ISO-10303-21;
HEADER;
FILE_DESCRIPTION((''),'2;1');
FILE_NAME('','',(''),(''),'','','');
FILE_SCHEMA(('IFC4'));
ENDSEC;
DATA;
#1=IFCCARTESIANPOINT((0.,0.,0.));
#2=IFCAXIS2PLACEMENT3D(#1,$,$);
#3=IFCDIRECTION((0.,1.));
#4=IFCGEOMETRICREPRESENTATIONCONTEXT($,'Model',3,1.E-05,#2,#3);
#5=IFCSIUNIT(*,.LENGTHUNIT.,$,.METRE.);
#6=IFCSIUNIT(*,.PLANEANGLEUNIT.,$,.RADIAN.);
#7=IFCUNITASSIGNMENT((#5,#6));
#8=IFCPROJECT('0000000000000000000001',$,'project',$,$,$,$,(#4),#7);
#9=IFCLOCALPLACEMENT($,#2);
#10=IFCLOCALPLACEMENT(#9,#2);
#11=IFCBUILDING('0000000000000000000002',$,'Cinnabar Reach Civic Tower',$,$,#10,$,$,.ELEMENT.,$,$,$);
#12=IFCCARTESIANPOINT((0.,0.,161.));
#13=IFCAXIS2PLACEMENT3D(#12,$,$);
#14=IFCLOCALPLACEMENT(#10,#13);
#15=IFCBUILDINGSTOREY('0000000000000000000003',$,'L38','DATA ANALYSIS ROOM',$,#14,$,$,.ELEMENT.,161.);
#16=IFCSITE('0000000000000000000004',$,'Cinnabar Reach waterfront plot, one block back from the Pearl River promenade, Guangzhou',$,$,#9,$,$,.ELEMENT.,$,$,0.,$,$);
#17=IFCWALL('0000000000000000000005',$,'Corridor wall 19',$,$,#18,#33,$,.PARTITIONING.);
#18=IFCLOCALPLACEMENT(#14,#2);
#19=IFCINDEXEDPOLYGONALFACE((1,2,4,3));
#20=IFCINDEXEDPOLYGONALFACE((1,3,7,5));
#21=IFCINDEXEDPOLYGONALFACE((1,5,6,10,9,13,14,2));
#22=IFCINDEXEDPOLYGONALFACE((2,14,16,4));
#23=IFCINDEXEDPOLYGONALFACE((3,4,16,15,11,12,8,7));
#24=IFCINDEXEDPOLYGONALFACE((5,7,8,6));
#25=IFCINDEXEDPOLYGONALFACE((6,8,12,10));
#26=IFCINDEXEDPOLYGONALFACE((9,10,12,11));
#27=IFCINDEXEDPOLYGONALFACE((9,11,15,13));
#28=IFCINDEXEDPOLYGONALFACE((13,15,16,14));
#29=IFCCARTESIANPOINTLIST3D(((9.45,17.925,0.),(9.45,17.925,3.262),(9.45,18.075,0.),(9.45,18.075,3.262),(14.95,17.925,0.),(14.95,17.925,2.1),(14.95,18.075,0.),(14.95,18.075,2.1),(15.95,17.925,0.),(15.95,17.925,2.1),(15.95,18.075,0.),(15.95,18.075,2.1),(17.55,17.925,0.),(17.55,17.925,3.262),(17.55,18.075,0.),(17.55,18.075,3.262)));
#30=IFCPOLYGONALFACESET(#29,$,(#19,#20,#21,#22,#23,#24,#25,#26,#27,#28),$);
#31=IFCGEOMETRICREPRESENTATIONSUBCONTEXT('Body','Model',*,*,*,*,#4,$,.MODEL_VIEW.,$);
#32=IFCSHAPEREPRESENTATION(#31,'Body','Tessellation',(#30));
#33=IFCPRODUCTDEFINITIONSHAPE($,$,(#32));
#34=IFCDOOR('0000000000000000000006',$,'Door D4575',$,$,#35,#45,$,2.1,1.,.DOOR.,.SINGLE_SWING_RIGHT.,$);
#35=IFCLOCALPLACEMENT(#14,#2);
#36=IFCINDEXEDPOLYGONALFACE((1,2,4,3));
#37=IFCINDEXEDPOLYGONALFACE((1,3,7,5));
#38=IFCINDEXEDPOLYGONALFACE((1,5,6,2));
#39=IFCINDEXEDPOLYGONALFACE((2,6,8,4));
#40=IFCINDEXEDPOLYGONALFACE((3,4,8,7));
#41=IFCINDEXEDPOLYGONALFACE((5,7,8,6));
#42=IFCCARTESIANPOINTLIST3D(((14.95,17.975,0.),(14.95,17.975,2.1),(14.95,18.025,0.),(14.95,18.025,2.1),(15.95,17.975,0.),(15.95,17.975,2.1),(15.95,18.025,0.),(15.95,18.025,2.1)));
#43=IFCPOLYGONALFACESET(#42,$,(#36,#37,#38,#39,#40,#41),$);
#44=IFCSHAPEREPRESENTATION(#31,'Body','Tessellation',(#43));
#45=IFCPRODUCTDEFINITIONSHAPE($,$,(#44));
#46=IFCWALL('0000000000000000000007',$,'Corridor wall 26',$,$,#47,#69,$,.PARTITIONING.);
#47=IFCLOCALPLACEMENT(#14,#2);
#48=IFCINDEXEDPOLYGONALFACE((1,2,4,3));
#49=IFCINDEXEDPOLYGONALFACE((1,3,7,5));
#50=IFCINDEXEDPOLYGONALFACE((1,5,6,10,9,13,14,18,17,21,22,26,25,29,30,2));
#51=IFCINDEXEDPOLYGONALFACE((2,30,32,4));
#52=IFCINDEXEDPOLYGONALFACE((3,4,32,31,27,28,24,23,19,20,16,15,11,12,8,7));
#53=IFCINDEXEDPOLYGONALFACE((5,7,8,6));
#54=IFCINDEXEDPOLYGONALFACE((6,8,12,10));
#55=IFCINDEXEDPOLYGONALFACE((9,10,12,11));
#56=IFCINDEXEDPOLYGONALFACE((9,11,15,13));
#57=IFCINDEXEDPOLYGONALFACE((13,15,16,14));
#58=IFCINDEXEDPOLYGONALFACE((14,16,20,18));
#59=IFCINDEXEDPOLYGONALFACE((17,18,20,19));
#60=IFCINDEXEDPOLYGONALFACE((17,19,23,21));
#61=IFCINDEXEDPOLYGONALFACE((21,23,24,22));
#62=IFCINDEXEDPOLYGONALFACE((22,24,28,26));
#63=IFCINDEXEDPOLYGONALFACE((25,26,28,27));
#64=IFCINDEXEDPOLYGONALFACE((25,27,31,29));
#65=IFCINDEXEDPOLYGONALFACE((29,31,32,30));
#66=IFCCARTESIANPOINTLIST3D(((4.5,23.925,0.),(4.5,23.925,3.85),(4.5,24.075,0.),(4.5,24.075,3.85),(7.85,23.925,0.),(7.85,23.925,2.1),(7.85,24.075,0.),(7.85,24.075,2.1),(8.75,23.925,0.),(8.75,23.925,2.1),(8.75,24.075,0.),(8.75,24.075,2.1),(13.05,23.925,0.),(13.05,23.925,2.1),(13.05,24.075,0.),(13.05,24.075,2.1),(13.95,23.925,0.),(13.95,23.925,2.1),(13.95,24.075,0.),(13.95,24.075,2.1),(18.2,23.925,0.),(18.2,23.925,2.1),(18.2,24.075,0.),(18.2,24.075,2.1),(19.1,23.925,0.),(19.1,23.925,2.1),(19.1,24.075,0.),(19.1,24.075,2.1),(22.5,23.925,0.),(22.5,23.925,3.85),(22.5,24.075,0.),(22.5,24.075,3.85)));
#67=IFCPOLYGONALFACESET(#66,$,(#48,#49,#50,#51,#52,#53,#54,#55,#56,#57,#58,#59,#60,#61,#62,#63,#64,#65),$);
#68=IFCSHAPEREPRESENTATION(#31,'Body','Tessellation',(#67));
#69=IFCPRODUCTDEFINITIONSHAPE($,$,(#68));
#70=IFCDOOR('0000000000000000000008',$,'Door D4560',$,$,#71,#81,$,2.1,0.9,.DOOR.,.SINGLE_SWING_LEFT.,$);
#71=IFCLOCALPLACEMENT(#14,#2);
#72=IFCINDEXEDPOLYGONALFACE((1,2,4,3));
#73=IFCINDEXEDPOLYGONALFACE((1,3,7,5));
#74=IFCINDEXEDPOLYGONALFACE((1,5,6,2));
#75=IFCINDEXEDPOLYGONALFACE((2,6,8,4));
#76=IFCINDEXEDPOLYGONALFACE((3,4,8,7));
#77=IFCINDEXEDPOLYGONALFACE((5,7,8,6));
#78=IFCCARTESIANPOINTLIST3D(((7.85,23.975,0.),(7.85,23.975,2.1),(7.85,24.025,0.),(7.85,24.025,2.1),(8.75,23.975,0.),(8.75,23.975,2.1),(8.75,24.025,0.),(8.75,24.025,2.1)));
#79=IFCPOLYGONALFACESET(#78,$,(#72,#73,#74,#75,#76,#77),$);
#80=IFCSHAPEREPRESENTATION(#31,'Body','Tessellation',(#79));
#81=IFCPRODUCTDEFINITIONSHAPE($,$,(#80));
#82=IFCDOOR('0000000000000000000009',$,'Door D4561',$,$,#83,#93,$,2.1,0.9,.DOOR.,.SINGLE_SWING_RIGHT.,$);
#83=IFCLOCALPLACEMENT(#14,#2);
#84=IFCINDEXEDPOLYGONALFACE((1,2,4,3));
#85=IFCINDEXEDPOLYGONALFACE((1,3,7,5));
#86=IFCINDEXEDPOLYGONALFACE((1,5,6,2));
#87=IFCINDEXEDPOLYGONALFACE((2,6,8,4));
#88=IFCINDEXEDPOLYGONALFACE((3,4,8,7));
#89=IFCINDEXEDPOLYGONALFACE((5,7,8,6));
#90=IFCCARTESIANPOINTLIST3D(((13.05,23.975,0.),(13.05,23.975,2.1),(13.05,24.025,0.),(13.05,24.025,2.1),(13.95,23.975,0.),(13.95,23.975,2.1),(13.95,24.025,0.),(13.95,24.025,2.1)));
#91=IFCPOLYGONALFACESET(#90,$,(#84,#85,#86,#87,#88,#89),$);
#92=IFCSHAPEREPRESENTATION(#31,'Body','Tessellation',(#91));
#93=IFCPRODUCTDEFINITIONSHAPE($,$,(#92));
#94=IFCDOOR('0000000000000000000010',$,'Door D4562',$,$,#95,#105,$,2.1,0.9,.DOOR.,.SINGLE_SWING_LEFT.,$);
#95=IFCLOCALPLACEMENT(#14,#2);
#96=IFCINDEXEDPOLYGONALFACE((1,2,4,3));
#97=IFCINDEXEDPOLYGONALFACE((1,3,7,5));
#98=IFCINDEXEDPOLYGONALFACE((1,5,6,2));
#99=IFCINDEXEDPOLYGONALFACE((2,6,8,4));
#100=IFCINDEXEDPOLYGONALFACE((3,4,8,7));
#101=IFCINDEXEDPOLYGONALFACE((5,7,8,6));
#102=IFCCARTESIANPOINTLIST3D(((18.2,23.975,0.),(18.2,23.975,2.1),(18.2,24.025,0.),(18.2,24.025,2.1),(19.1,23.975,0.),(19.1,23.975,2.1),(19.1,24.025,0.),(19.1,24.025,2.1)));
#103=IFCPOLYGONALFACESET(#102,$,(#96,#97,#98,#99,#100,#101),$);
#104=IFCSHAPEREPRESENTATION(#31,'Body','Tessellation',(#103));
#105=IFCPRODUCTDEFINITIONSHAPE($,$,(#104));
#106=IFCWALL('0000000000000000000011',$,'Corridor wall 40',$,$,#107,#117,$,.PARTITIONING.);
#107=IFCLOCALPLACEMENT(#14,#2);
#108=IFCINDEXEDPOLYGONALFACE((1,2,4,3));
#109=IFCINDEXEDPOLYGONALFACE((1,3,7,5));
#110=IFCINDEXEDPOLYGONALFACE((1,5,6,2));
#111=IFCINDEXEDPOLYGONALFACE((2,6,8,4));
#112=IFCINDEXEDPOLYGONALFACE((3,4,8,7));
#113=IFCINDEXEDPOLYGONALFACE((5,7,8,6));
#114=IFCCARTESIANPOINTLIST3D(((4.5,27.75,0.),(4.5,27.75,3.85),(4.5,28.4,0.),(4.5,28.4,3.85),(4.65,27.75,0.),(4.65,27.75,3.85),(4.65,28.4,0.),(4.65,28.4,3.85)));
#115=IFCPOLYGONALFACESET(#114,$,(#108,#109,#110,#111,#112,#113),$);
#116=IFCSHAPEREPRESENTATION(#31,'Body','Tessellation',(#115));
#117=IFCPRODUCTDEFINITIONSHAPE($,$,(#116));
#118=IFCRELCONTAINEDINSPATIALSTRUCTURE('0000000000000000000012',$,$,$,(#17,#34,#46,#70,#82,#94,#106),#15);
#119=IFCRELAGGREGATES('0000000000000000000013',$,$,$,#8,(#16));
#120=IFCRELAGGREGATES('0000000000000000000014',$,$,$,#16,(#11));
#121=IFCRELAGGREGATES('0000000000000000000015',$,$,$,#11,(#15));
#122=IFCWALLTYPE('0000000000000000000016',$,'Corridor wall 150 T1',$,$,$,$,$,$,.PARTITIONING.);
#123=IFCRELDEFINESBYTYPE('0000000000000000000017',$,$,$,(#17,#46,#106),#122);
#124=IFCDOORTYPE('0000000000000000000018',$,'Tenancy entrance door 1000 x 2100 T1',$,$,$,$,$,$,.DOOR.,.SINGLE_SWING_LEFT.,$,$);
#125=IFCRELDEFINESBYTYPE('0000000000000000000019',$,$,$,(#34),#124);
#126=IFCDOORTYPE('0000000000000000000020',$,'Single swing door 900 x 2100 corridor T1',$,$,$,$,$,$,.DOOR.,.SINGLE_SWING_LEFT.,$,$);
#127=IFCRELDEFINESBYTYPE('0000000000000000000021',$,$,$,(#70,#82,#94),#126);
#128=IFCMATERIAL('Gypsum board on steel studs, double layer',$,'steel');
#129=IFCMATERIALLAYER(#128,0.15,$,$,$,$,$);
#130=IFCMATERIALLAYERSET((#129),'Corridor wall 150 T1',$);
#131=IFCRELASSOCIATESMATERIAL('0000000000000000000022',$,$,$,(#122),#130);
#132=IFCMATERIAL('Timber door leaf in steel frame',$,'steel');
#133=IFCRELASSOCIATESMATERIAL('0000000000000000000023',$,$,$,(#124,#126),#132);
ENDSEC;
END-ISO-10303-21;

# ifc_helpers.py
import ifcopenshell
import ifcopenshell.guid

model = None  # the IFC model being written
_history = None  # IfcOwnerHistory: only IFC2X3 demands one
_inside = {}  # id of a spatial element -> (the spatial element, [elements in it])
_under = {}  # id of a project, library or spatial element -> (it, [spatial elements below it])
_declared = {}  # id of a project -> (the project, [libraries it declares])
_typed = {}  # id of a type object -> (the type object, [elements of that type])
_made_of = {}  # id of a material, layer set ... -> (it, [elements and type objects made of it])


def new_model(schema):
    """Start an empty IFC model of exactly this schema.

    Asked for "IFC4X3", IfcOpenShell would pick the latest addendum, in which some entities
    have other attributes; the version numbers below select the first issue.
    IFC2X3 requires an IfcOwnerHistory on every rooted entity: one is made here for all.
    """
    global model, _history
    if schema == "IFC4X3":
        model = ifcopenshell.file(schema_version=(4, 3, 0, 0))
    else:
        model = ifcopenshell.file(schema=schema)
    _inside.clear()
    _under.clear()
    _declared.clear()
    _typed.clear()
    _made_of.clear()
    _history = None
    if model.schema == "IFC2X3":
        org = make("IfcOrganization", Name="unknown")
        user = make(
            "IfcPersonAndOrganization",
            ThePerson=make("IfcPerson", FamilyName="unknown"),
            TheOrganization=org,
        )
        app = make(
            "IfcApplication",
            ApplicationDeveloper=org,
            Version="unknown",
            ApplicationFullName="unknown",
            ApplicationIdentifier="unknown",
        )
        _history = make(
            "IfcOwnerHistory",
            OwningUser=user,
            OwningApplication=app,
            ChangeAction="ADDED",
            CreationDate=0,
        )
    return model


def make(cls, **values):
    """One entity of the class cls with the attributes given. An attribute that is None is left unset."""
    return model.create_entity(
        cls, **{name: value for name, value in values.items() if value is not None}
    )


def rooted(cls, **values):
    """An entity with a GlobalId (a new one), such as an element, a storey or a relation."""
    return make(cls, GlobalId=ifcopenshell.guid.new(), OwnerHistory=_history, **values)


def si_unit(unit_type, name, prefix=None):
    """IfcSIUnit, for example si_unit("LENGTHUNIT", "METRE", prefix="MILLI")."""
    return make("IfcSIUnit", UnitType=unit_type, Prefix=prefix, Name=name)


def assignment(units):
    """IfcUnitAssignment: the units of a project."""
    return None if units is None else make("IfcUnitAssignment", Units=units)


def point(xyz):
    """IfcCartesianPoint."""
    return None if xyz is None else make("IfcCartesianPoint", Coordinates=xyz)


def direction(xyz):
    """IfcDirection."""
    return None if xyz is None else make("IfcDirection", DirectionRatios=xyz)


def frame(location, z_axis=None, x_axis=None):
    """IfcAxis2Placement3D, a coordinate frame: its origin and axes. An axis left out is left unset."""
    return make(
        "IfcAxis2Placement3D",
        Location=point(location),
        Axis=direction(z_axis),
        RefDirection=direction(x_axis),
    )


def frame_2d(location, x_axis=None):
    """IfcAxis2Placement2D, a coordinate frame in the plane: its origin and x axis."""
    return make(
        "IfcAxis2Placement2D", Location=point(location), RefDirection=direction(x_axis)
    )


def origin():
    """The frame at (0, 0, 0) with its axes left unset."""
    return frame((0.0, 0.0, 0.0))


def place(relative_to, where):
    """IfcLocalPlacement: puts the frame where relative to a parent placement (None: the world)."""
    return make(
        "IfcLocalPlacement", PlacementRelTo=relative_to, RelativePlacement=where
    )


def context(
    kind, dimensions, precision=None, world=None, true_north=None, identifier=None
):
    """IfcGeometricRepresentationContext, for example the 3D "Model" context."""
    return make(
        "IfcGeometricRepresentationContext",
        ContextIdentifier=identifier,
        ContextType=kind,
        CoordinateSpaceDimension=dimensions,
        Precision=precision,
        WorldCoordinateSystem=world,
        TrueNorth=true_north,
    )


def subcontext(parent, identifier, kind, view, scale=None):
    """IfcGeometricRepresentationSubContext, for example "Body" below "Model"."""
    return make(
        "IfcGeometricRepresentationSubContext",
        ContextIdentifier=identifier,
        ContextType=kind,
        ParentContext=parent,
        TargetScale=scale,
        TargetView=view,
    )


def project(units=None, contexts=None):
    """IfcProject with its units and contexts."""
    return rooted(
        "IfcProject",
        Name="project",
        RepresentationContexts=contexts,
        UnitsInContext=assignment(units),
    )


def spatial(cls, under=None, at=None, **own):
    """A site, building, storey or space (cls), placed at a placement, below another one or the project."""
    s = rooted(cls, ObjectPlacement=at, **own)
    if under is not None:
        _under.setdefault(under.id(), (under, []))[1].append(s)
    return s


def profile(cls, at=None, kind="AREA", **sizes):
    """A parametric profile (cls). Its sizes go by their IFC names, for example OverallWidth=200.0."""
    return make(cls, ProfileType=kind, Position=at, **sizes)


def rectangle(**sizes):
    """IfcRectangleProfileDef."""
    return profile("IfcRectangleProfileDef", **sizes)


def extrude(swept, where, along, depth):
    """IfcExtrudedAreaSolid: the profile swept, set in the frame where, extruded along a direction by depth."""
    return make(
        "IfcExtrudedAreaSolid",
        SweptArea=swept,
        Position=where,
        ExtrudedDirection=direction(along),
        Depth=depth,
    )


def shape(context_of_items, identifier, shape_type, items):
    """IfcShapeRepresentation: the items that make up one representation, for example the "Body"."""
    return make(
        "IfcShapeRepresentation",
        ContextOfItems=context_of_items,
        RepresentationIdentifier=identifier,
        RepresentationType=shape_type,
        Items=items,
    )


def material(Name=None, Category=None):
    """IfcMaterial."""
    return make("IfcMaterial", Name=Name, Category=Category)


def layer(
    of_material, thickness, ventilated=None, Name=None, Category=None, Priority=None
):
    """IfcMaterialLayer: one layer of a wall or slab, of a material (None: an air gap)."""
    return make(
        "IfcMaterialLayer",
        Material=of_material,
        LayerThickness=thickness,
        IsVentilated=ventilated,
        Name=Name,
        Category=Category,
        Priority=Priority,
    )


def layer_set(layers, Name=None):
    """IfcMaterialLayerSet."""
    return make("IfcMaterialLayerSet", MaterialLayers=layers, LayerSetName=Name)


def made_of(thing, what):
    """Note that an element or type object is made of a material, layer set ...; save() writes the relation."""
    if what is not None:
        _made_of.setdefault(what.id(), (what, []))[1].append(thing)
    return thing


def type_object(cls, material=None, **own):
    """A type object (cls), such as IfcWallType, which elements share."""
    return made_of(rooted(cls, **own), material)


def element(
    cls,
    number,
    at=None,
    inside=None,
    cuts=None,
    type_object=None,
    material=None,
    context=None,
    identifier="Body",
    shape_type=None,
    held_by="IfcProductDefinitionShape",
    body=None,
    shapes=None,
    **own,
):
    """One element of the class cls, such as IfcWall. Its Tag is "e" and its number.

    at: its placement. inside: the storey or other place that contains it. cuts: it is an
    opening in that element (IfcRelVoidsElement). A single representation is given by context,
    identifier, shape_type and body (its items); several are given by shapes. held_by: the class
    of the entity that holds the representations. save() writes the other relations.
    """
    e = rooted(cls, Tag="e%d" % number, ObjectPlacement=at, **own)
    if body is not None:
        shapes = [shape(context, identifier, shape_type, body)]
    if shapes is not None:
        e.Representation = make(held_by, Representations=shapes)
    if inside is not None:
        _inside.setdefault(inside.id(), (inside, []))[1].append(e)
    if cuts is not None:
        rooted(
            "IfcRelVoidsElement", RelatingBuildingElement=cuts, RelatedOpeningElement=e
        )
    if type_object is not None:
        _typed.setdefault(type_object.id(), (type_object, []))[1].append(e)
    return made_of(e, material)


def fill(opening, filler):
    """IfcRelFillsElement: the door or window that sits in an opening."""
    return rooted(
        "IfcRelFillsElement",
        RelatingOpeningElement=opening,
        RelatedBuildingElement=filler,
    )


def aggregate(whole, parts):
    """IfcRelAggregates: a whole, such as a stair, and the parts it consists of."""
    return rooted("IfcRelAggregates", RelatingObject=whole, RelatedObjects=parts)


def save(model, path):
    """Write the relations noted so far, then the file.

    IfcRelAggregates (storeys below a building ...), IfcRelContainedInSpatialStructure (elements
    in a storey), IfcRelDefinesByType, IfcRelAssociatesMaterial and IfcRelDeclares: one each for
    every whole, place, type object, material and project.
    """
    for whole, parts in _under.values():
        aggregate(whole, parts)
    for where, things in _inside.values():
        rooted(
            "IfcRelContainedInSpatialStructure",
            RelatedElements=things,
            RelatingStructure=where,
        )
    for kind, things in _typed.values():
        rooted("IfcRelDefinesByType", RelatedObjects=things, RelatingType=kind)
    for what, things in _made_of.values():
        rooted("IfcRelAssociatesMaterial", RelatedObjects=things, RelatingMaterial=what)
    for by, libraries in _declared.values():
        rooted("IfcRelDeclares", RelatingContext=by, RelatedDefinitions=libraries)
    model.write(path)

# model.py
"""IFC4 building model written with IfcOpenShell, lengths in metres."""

from ifc_helpers import new_model, si_unit, direction, frame, frame_2d, origin, place, context, subcontext, project, spatial, rectangle, extrude, material, layer, layer_set, type_object, element, fill, save


model = new_model("IFC4")

# Units and contexts
model_context = context("Model", 3, precision=1e-05, world=origin(), true_north=direction((0.0, 1.0)))
body_context = subcontext(model_context, "Body", "Model", "MODEL_VIEW")
ifc_project = project(units=[si_unit("LENGTHUNIT", "METRE"), si_unit("PLANEANGLEUNIT", "RADIAN")], contexts=[model_context])

# Site, building, storey
site_placement = place(None, origin())
site = spatial("IfcSite", under=ifc_project, at=site_placement, Name="Cinnabar Reach waterfront plot, one block back from the Pearl River promenade, Guangzhou", CompositionType="ELEMENT", RefElevation=0.0)
building_placement = place(site_placement, origin())
building = spatial("IfcBuilding", under=site, at=building_placement, Name="Cinnabar Reach Civic Tower", CompositionType="ELEMENT")
storey_placement = place(building_placement, frame((0.0, 0.0, 161.0)))
storey = spatial("IfcBuildingStorey", under=building, at=storey_placement, Name="L38", Description="DATA ANALYSIS ROOM", CompositionType="ELEMENT", Elevation=161.0)

# Wall, opening, door
ifc_material_1 = material(Name="Timber door leaf in steel frame", Category="steel")
ifc_material_2 = material(Name="Gypsum board on steel studs, double layer", Category="steel")
ifc_layer_1 = layer(ifc_material_2, 0.15)
ifc_layer_set_1 = layer_set([ifc_layer_1], Name="Corridor wall 150 T1")
wall_type_1 = type_object("IfcWallType", Name="Corridor wall 150 T1", PredefinedType="PARTITIONING", material=ifc_layer_set_1)
wall_1_placement = place(storey_placement, frame((9.45, 18.0, 0.0), z_axis=(0.0, 0.0, 1.0), x_axis=(1.0, 0.0, 0.0)))
wall_1 = element("IfcWall", 1, at=wall_1_placement, inside=storey, type_object=wall_type_1, Name="Corridor wall 19", PredefinedType="PARTITIONING", context=body_context, shape_type="SweptSolid", body=[
    extrude(rectangle(XDim=8.1, YDim=0.15, at=frame_2d((4.05, 0.0))), origin(), (0.0, 0.0, 1.0), 3.262),
])
opening_1_placement = place(wall_1_placement, frame((5.5, 0.0, 0.0)))
opening_1 = element("IfcOpeningElement", 2, at=opening_1_placement, cuts=wall_1, PredefinedType="OPENING", context=body_context, shape_type="SweptSolid", body=[
    extrude(rectangle(XDim=1.0, YDim=2.1, at=frame_2d((0.5, 1.05))), frame((0.0, 0.085, 0.0), z_axis=(0.0, -1.0, 0.0), x_axis=(1.0, 0.0, 0.0)), (0.0, 0.0, 1.0), 0.17),
])
door_type_1 = type_object("IfcDoorType", Name="Tenancy entrance door 1000 x 2100 T1", OperationType="SINGLE_SWING_LEFT", PredefinedType="DOOR", material=ifc_material_1)
door_1_placement = place(opening_1_placement, frame((1.0, 0.0, 0.0), z_axis=(0.0, 0.0, 1.0), x_axis=(-1.0, 0.0, 0.0)))
door_1 = element("IfcDoor", 3, at=door_1_placement, inside=storey, type_object=door_type_1, Name="Door D4575", OperationType="SINGLE_SWING_RIGHT", OverallHeight=2.1, OverallWidth=1.0, PredefinedType="DOOR", context=body_context, shape_type="SweptSolid", body=[
    extrude(rectangle(XDim=1.0, YDim=2.1, at=frame_2d((0.5, 1.05))), frame((0.0, 0.025, 0.0), z_axis=(0.0, -1.0, 0.0), x_axis=(1.0, 0.0, 0.0)), (0.0, 0.0, 1.0), 0.05),
])
fill(opening_1, door_1)

# Wall, openings, doors
wall_2_placement = place(storey_placement, frame((4.5, 24.0, 0.0), z_axis=(0.0, 0.0, 1.0), x_axis=(1.0, 0.0, 0.0)))
wall_2 = element("IfcWall", 4, at=wall_2_placement, inside=storey, type_object=wall_type_1, Name="Corridor wall 26", PredefinedType="PARTITIONING", context=body_context, shape_type="SweptSolid", body=[
    extrude(rectangle(XDim=18.0, YDim=0.15, at=frame_2d((9.0, 0.0))), origin(), (0.0, 0.0, 1.0), 3.85),
])
opening_2_placement = place(wall_2_placement, frame((3.35, 0.0, 0.0)))
opening_2 = element("IfcOpeningElement", 5, at=opening_2_placement, cuts=wall_2, PredefinedType="OPENING", context=body_context, shape_type="SweptSolid", body=[
    extrude(rectangle(XDim=0.9, YDim=2.1, at=frame_2d((0.45, 1.05))), frame((0.0, 0.085, 0.0), z_axis=(0.0, -1.0, 0.0), x_axis=(1.0, 0.0, 0.0)), (0.0, 0.0, 1.0), 0.17),
])
opening_3_placement = place(wall_2_placement, frame((8.55, 0.0, 0.0)))
opening_3 = element("IfcOpeningElement", 6, at=opening_3_placement, cuts=wall_2, PredefinedType="OPENING", context=body_context, shape_type="SweptSolid", body=[
    extrude(rectangle(XDim=0.9, YDim=2.1, at=frame_2d((0.45, 1.05))), frame((0.0, 0.085, 0.0), z_axis=(0.0, -1.0, 0.0), x_axis=(1.0, 0.0, 0.0)), (0.0, 0.0, 1.0), 0.17),
])
opening_4_placement = place(wall_2_placement, frame((13.7, 0.0, 0.0)))
opening_4 = element("IfcOpeningElement", 7, at=opening_4_placement, cuts=wall_2, PredefinedType="OPENING", context=body_context, shape_type="SweptSolid", body=[
    extrude(rectangle(XDim=0.9, YDim=2.1, at=frame_2d((0.45, 1.05))), frame((0.0, 0.085, 0.0), z_axis=(0.0, -1.0, 0.0), x_axis=(1.0, 0.0, 0.0)), (0.0, 0.0, 1.0), 0.17),
])
door_type_2 = type_object("IfcDoorType", Name="Single swing door 900 x 2100 corridor T1", OperationType="SINGLE_SWING_LEFT", PredefinedType="DOOR", material=ifc_material_1)
door_2_placement = place(opening_2_placement, frame((0.9, 0.0, 0.0), z_axis=(0.0, 0.0, 1.0), x_axis=(-1.0, 0.0, 0.0)))
door_2 = element("IfcDoor", 8, at=door_2_placement, inside=storey, type_object=door_type_2, Name="Door D4560", OperationType="SINGLE_SWING_LEFT", OverallHeight=2.1, OverallWidth=0.9, PredefinedType="DOOR", context=body_context, shape_type="SweptSolid", body=[
    extrude(rectangle(XDim=0.9, YDim=2.1, at=frame_2d((0.45, 1.05))), frame((0.0, 0.025, 0.0), z_axis=(0.0, -1.0, 0.0), x_axis=(1.0, 0.0, 0.0)), (0.0, 0.0, 1.0), 0.05),
])
fill(opening_2, door_2)
door_3_placement = place(opening_3_placement, frame((0.9, 0.0, 0.0), z_axis=(0.0, 0.0, 1.0), x_axis=(-1.0, 0.0, 0.0)))
door_3 = element("IfcDoor", 9, at=door_3_placement, inside=storey, type_object=door_type_2, Name="Door D4561", OperationType="SINGLE_SWING_RIGHT", OverallHeight=2.1, OverallWidth=0.9, PredefinedType="DOOR", context=body_context, shape_type="SweptSolid", body=[
    extrude(rectangle(XDim=0.9, YDim=2.1, at=frame_2d((0.45, 1.05))), frame((0.0, 0.025, 0.0), z_axis=(0.0, -1.0, 0.0), x_axis=(1.0, 0.0, 0.0)), (0.0, 0.0, 1.0), 0.05),
])
fill(opening_3, door_3)
door_4_placement = place(opening_4_placement, frame((0.9, 0.0, 0.0), z_axis=(0.0, 0.0, 1.0), x_axis=(-1.0, 0.0, 0.0)))
door_4 = element("IfcDoor", 10, at=door_4_placement, inside=storey, type_object=door_type_2, Name="Door D4562", OperationType="SINGLE_SWING_LEFT", OverallHeight=2.1, OverallWidth=0.9, PredefinedType="DOOR", context=body_context, shape_type="SweptSolid", body=[
    extrude(rectangle(XDim=0.9, YDim=2.1, at=frame_2d((0.45, 1.05))), frame((0.0, 0.025, 0.0), z_axis=(0.0, -1.0, 0.0), x_axis=(1.0, 0.0, 0.0)), (0.0, 0.0, 1.0), 0.05),
])
fill(opening_4, door_4)

# Wall
wall_3_placement = place(storey_placement, frame((4.575, 27.75, 0.0), z_axis=(0.0, 0.0, 1.0), x_axis=(0.0, 1.0, 0.0)))
element("IfcWall", 11, at=wall_3_placement, inside=storey, type_object=wall_type_1, Name="Corridor wall 40", PredefinedType="PARTITIONING", context=body_context, shape_type="SweptSolid", body=[
    extrude(rectangle(XDim=0.65, YDim=0.15, at=frame_2d((0.325, 0.0))), origin(), (0.0, 0.0, 1.0), 3.85),
])

save(model, "model.ifc")
